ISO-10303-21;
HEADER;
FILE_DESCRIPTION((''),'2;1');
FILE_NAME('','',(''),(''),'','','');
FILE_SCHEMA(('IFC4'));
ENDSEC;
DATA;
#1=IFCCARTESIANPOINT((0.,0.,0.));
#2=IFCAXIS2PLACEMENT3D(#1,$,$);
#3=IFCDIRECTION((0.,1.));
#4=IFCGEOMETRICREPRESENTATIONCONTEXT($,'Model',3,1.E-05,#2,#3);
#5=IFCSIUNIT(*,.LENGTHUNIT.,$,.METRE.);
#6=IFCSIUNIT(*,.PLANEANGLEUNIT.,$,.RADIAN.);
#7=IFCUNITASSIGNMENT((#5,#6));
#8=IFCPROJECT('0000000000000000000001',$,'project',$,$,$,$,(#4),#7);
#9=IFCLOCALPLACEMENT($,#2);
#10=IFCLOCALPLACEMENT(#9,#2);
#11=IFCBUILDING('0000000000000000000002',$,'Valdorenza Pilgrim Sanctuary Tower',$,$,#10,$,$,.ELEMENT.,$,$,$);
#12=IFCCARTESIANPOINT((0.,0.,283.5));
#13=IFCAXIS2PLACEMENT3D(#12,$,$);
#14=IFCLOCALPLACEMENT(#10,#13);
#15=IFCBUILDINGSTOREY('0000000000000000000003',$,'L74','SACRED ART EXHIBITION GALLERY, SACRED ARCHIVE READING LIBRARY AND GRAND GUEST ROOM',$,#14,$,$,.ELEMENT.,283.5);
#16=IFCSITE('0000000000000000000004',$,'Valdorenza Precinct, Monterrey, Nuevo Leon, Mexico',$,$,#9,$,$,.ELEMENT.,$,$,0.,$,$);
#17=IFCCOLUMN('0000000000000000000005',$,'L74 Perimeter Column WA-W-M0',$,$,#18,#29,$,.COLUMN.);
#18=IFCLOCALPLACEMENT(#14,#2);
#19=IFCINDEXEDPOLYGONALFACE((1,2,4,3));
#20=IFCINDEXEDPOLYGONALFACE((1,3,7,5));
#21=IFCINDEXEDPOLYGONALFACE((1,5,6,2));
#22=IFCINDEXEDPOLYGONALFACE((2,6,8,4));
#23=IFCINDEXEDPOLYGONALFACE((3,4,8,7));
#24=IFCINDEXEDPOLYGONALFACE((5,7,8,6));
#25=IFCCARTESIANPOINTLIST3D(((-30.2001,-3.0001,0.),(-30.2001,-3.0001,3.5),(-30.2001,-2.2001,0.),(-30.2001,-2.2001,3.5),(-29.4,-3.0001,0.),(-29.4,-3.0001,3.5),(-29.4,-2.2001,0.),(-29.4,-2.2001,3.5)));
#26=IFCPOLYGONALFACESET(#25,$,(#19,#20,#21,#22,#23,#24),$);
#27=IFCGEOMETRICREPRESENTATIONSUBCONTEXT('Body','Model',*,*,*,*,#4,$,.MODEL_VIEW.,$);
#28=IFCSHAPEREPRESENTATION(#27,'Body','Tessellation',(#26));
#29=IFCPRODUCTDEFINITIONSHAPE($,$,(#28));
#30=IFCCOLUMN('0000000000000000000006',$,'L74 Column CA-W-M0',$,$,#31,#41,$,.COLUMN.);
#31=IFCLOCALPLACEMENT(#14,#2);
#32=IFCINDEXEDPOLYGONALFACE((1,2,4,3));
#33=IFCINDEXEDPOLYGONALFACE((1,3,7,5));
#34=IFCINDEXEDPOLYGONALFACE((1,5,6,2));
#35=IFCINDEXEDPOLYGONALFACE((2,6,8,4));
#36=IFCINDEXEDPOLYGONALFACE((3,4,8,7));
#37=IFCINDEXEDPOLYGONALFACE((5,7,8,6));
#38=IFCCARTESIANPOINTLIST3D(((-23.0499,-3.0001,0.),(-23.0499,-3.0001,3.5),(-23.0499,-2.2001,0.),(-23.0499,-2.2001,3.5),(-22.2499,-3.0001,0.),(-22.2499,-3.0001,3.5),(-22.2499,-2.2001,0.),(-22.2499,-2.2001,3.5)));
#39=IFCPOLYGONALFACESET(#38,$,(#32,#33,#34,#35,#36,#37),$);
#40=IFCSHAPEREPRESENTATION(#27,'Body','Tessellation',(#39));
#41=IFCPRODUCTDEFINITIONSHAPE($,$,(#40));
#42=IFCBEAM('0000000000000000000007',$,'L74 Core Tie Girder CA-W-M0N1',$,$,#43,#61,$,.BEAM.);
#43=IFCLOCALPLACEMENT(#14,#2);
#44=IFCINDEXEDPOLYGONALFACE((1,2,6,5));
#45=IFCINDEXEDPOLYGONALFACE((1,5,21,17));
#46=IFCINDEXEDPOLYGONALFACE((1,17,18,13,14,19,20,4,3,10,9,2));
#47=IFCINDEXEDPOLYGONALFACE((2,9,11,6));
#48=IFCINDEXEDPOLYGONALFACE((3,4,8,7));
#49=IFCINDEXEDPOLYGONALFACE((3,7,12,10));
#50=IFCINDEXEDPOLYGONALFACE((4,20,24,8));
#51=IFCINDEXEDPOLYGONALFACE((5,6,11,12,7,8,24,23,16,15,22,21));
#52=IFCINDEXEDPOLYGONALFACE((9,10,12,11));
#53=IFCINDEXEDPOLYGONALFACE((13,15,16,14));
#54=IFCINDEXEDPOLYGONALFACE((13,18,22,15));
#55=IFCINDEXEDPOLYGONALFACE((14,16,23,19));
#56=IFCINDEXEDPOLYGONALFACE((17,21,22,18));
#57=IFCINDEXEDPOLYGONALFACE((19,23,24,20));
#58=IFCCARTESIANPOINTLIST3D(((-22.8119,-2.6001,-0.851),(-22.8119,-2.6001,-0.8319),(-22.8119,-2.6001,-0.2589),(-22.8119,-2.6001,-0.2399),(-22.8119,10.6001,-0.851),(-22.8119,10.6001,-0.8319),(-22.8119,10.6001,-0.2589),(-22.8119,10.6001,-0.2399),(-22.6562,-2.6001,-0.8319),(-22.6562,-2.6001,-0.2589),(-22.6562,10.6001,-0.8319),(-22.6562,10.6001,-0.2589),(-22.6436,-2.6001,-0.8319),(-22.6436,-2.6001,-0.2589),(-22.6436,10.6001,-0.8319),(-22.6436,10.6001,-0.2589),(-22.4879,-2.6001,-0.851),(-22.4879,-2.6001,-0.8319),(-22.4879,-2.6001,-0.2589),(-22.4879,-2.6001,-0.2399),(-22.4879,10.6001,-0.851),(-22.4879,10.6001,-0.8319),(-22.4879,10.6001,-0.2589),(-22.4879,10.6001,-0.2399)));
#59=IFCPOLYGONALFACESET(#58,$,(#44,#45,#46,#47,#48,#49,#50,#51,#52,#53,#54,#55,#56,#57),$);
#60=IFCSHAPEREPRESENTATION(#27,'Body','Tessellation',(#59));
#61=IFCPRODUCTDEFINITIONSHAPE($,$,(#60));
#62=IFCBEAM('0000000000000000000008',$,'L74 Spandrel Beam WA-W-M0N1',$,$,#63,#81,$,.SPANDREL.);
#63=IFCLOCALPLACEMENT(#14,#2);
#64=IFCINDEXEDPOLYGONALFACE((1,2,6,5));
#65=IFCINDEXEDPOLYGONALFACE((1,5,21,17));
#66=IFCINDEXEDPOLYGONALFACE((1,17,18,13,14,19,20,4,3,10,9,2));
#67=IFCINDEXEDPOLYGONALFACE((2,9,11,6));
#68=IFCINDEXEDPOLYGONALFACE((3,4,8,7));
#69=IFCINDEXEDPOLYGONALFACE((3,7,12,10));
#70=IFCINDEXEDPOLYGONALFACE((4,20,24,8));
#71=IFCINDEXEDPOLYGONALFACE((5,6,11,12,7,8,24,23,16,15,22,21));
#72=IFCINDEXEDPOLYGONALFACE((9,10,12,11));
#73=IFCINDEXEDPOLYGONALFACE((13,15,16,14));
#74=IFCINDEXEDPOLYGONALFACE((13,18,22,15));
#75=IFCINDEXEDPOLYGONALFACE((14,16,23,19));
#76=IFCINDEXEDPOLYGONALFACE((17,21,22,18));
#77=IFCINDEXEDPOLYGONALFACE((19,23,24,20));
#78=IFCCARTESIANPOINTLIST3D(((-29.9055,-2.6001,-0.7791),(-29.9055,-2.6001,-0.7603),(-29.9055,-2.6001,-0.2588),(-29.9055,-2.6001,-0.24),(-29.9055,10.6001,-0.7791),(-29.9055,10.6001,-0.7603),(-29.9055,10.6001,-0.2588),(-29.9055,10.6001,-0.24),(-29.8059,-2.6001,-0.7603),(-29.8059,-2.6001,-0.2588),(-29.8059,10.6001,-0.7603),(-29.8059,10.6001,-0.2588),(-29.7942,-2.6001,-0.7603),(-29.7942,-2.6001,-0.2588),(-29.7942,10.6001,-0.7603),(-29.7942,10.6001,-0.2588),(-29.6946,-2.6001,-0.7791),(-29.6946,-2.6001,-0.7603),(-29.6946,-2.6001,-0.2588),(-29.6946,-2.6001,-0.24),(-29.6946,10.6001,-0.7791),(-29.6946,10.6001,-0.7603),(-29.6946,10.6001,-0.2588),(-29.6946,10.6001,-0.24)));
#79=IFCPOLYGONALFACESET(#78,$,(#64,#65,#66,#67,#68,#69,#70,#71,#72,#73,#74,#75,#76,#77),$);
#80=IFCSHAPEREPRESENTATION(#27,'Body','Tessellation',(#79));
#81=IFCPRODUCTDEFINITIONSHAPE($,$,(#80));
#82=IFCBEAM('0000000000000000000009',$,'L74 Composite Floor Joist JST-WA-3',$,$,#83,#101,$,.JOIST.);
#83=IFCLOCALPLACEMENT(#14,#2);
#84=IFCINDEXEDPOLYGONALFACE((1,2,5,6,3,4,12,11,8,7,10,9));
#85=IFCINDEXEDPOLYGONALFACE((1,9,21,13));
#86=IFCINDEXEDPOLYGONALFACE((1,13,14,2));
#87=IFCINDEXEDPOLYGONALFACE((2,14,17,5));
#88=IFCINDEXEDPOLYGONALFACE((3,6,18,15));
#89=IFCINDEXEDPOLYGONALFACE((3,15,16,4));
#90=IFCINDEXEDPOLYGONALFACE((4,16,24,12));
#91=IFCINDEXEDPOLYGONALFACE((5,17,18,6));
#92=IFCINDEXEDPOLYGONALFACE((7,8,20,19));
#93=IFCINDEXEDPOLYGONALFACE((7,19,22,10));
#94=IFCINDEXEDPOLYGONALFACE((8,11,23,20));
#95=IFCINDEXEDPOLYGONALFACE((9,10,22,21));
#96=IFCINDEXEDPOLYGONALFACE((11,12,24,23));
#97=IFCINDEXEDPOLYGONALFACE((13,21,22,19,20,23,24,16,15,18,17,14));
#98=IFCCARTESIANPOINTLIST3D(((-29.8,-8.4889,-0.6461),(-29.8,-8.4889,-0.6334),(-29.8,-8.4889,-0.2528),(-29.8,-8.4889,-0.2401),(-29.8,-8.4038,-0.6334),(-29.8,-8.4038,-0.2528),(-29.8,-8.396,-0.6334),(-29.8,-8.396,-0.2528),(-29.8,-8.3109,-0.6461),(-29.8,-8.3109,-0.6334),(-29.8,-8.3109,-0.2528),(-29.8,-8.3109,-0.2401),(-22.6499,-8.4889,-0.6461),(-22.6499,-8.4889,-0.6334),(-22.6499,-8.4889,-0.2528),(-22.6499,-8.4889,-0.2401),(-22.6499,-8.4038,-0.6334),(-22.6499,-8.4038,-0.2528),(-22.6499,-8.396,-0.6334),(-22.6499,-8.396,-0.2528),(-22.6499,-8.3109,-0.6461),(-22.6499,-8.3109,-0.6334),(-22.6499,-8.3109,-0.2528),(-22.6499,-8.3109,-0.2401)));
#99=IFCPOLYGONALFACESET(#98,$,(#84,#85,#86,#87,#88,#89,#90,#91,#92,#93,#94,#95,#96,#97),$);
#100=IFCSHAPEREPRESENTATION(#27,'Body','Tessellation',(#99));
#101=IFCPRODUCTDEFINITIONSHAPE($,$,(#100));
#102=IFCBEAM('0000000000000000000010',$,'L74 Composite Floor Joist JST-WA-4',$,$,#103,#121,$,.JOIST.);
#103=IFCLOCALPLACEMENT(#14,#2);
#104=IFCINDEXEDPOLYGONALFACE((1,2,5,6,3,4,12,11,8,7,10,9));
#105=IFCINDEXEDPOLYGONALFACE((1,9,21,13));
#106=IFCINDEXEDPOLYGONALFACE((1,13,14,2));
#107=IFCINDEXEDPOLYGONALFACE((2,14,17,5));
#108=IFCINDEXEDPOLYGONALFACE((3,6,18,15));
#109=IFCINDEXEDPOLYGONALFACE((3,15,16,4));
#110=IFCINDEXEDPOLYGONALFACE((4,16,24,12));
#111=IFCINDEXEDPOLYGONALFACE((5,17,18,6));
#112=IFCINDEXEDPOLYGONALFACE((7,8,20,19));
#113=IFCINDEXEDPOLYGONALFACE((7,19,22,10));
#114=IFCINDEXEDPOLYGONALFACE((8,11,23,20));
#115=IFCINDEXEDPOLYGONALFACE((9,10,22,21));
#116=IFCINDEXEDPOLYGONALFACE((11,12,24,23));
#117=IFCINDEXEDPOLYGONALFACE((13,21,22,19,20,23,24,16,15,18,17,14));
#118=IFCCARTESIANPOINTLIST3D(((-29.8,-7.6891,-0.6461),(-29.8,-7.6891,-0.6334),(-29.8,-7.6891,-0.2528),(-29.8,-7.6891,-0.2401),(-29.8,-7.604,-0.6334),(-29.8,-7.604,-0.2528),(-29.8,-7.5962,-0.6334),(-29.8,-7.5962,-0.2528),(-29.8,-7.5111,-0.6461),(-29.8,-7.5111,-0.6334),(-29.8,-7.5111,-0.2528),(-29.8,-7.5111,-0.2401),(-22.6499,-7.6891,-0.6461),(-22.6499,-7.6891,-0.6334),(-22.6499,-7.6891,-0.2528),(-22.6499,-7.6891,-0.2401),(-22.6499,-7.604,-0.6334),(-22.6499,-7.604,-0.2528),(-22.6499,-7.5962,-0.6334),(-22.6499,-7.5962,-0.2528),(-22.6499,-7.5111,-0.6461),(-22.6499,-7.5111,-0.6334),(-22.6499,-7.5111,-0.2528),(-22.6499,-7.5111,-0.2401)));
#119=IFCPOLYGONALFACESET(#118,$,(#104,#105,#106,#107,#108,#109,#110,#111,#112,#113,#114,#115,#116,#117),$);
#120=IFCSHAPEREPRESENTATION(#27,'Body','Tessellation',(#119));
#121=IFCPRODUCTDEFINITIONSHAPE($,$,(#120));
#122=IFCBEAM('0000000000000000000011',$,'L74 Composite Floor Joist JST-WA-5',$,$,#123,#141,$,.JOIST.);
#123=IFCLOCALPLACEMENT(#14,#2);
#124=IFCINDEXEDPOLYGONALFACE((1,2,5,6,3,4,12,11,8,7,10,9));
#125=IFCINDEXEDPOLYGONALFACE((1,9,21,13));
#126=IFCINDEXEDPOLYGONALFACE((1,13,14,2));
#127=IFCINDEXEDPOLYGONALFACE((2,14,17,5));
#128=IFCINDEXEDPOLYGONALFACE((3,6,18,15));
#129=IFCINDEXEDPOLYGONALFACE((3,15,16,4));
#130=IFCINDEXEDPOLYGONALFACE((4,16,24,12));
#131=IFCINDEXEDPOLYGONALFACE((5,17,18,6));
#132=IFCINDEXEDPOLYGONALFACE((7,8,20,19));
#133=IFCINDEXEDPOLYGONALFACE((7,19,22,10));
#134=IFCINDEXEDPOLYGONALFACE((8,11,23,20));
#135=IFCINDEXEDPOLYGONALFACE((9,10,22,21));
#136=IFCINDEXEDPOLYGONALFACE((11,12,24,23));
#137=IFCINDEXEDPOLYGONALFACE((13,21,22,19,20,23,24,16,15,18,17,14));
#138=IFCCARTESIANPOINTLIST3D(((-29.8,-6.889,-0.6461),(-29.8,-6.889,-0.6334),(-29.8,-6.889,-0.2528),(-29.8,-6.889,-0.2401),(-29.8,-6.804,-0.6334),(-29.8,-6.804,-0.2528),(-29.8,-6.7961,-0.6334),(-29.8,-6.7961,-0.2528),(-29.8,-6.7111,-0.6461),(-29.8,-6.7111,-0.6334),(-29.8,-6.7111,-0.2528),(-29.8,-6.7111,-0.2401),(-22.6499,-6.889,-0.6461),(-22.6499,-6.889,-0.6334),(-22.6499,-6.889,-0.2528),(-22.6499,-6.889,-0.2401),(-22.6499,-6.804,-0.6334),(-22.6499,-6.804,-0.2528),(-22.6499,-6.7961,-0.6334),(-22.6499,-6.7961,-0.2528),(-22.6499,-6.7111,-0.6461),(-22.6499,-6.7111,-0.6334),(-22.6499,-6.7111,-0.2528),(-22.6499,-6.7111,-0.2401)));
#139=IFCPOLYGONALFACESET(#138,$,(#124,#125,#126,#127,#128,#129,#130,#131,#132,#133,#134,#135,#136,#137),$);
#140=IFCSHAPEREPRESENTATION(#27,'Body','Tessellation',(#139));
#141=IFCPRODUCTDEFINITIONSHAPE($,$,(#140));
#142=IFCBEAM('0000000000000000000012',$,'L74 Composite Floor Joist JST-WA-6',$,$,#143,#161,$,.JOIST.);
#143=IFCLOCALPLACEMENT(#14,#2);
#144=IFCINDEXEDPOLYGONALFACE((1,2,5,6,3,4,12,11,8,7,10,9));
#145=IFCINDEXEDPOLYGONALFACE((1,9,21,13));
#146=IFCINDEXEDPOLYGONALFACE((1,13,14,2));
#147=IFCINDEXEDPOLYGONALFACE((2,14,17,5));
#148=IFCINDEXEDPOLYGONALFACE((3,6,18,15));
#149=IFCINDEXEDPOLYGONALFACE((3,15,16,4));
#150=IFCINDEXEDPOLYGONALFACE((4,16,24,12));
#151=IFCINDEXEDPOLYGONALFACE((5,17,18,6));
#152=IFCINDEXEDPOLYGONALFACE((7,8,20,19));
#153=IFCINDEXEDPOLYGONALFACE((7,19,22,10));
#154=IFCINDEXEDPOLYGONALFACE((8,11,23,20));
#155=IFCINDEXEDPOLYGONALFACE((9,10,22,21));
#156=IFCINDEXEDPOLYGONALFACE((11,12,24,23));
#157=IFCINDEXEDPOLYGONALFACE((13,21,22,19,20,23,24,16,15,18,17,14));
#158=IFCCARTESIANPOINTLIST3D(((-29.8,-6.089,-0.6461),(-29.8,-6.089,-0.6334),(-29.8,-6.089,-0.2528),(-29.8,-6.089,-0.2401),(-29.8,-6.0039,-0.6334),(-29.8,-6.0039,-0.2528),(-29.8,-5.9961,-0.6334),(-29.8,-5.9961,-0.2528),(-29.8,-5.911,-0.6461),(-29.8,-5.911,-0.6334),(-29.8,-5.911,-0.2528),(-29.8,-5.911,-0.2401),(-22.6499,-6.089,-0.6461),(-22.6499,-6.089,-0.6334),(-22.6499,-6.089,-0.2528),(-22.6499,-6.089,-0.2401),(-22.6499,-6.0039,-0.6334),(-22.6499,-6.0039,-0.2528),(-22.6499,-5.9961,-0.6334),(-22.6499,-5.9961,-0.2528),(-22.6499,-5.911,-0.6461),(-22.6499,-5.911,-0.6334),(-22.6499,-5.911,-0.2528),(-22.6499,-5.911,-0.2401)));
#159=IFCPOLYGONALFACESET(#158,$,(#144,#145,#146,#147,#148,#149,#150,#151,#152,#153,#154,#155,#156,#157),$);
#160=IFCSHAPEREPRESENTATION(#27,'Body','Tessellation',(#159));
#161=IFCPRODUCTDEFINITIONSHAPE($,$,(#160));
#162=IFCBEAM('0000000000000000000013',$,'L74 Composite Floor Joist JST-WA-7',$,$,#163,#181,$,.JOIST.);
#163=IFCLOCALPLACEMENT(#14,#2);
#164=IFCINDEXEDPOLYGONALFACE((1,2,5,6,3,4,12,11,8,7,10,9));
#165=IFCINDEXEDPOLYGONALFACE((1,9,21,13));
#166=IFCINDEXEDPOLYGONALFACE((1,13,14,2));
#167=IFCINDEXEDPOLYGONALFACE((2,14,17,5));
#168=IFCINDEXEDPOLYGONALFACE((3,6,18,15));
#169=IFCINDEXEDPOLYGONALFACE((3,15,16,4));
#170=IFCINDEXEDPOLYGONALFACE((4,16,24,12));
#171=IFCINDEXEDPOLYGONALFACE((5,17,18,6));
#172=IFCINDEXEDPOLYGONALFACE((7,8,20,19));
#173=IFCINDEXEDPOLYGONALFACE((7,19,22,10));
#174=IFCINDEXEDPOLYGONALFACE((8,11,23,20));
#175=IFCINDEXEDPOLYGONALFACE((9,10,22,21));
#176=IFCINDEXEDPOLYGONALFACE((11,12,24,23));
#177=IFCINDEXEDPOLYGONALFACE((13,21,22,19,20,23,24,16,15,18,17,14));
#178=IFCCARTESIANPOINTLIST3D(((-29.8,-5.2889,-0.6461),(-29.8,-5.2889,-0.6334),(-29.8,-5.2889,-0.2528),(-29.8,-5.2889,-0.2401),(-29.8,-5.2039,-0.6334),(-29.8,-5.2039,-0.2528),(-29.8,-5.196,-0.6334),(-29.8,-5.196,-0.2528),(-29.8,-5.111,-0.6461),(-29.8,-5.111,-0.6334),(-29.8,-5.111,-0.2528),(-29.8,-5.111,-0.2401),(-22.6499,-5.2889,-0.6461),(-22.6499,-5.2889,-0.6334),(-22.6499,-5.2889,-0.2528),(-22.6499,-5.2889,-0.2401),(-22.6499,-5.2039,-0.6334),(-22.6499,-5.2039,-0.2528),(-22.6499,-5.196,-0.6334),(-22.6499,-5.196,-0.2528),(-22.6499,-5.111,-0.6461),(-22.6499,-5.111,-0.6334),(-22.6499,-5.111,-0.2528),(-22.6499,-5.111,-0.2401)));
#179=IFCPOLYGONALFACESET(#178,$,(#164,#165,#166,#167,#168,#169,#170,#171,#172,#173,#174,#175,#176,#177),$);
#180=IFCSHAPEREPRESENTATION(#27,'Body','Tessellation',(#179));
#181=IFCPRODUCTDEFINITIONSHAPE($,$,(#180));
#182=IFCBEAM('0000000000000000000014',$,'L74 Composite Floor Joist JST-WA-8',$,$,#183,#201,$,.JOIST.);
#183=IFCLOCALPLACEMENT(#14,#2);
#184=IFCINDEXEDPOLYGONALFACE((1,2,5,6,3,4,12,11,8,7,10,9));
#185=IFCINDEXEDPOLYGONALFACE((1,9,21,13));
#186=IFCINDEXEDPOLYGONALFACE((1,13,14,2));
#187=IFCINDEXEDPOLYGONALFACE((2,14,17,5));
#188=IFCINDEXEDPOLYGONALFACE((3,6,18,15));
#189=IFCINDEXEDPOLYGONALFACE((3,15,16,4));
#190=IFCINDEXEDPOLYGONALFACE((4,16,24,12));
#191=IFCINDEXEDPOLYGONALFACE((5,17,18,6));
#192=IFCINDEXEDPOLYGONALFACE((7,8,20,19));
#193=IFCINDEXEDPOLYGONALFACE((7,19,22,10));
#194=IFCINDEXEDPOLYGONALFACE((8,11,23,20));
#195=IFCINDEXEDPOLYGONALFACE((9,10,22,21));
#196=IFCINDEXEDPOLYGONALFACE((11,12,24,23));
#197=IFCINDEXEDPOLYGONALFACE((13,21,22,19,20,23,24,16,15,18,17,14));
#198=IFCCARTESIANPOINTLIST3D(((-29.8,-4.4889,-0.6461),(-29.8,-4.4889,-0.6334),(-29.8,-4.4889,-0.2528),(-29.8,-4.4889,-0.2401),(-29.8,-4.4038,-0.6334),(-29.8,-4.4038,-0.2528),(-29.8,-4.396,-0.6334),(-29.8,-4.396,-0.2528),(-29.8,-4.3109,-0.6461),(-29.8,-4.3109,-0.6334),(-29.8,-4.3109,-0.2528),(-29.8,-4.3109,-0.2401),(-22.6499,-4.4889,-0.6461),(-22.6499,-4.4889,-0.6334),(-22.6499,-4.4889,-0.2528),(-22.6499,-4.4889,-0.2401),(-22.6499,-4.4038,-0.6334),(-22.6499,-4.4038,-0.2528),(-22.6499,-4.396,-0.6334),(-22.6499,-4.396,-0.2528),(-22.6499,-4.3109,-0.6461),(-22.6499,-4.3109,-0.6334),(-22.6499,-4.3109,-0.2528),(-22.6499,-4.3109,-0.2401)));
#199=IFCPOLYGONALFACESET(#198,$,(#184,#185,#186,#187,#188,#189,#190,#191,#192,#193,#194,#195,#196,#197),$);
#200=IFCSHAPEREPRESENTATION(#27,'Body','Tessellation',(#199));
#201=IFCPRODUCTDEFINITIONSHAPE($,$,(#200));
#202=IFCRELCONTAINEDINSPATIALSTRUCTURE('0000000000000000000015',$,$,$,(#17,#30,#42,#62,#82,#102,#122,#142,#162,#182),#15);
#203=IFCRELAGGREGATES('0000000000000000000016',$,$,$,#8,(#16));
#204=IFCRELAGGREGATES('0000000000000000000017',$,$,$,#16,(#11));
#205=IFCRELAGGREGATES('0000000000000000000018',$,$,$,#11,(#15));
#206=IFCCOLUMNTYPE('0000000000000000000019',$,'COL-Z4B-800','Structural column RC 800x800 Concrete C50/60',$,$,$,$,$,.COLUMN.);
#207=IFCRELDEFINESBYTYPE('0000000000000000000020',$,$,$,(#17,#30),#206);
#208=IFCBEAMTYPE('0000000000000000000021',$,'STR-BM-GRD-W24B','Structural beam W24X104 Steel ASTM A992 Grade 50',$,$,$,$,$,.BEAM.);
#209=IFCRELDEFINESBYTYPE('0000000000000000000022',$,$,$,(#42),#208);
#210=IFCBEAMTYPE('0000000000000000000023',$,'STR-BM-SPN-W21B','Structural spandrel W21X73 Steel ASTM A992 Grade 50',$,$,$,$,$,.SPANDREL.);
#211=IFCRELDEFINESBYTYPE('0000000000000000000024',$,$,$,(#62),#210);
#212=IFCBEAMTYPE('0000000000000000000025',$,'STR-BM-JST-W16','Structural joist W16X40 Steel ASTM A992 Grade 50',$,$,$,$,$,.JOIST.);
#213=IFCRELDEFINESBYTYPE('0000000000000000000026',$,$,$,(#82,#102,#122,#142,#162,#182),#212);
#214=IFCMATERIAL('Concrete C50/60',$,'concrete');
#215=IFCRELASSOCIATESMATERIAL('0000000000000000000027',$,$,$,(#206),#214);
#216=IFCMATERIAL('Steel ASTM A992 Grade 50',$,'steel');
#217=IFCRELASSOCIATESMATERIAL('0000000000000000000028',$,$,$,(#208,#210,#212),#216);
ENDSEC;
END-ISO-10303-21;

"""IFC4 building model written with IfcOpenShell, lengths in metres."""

from ifc_helpers import new_model, si_unit, direction, frame, origin, origin_2d, place, context, subcontext, project, spatial, rectangle, i_section, extrude, source, transform, mapped, material, material_profile, profile_set, type_object, element, save


model = new_model("IFC4")

# Units and contexts
model_context = context("Model", 3, precision=1e-05, world=origin(), true_north=direction((0.0, 1.0)))
body_context = subcontext(model_context, "Body", "Model", "MODEL_VIEW")
ifc_project = project(units=[si_unit("LENGTHUNIT", "METRE"), si_unit("PLANEANGLEUNIT", "RADIAN")], contexts=[model_context])

# Site, building, storey
site_placement = place(None, origin())
site = spatial("IfcSite", under=ifc_project, at=site_placement, Name="Valdorenza Precinct, Monterrey, Nuevo Leon, Mexico", CompositionType="ELEMENT", RefElevation=0.0)
building_placement = place(site_placement, origin())
building = spatial("IfcBuilding", under=site, at=building_placement, Name="Valdorenza Pilgrim Sanctuary Tower", CompositionType="ELEMENT")
storey_placement = place(building_placement, frame((0.0, 0.0, 283.5)))
storey = spatial("IfcBuildingStorey", under=building, at=storey_placement, Name="L74", Description="SACRED ART EXHIBITION GALLERY, SACRED ARCHIVE READING LIBRARY AND GRAND GUEST ROOM", CompositionType="ELEMENT", Elevation=283.5)

# Columns
ifc_material_1 = material(Name="Concrete C50/60", Category="concrete")
ifc_material_profile_1 = material_profile(ifc_material_1, rectangle(XDim=0.8, YDim=0.8, at=origin_2d()), Name="RC 800x800")
ifc_profile_set_1 = profile_set([ifc_material_profile_1], Name="Concrete C50/60")
column_type = type_object("IfcColumnType", Name="COL-Z4B-800", Description="Structural column RC 800x800 Concrete C50/60", PredefinedType="COLUMN", material=ifc_profile_set_1)
shared_shape_1 = source(origin(), body_context, "Body", "SweptSolid", [
    extrude(rectangle(XDim=0.8, YDim=0.8, at=origin_2d()), origin(), (0.0, 0.0, 1.0), 3.5),
])
for number, where, z_axis, x_axis, name in (
    (1, (-29.8, -2.6001, 0.0), (0.0, 0.0, 1.0), (1.0, 0.0, 0.0), "L74 Perimeter Column WA-W-M0"),
    (2, (-22.6499, -2.6001, 0.0), (0.0, 0.0, 1.0), (1.0, 0.0, 0.0), "L74 Column CA-W-M0"),
):
    element("IfcColumn", number, at=place(storey_placement, frame(where, z_axis=z_axis, x_axis=x_axis)), inside=storey, type_object=column_type, Name=name, PredefinedType="COLUMN", context=body_context, shape_type="MappedRepresentation", body=[
        mapped(shared_shape_1, transform((0.0, 0.0, 0.0), x_axis=(1.0, 0.0, 0.0), y_axis=(0.0, 1.0, 0.0), z_axis=(0.0, 0.0, 1.0), scale=1.0)),
    ])

# Beams
ifc_material_2 = material(Name="Steel ASTM A992 Grade 50", Category="steel")
ifc_material_profile_2 = material_profile(ifc_material_2, i_section(OverallWidth=0.324, OverallDepth=0.6111, WebThickness=0.0127, FlangeThickness=0.019, at=origin_2d()), Name="W24X104")
ifc_profile_set_2 = profile_set([ifc_material_profile_2], Name="Steel ASTM A992 Grade 50")
beam_type_1 = type_object("IfcBeamType", Name="STR-BM-GRD-W24B", Description="Structural beam W24X104 Steel ASTM A992 Grade 50", PredefinedType="BEAM", material=ifc_profile_set_2)
shared_shape_2 = source(origin(), body_context, "Body", "SweptSolid", [
    extrude(i_section(OverallWidth=0.324, OverallDepth=0.6111, WebThickness=0.0127, FlangeThickness=0.019, at=origin_2d()), origin(), (0.0, 0.0, 1.0), 13.2002),
])
beam_1_placement = place(storey_placement, frame((-22.6499, -2.6001, -0.5454), z_axis=(0.0, 1.0, 0.0), x_axis=(-1.0, 0.0, 0.0)))
element("IfcBeam", 3, at=beam_1_placement, inside=storey, type_object=beam_type_1, Name="L74 Core Tie Girder CA-W-M0N1", PredefinedType="BEAM", context=body_context, shape_type="MappedRepresentation", body=[
    mapped(shared_shape_2, transform((0.0, 0.0, 0.0), x_axis=(1.0, 0.0, 0.0), y_axis=(0.0, 1.0, 0.0), z_axis=(0.0, 0.0, 1.0), scale=1.0)),
])
ifc_material_profile_3 = material_profile(ifc_material_2, i_section(OverallWidth=0.2109, OverallDepth=0.5391, WebThickness=0.0117, FlangeThickness=0.0188, at=origin_2d()), Name="W21X73")
ifc_profile_set_3 = profile_set([ifc_material_profile_3], Name="Steel ASTM A992 Grade 50")
beam_type_2 = type_object("IfcBeamType", Name="STR-BM-SPN-W21B", Description="Structural spandrel W21X73 Steel ASTM A992 Grade 50", PredefinedType="SPANDREL", material=ifc_profile_set_3)
shared_shape_3 = source(origin(), body_context, "Body", "SweptSolid", [
    extrude(i_section(OverallWidth=0.2109, OverallDepth=0.5391, WebThickness=0.0117, FlangeThickness=0.0188, at=origin_2d()), origin(), (0.0, 0.0, 1.0), 13.2002),
])
beam_2_placement = place(storey_placement, frame((-29.8, -2.6001, -0.5095), z_axis=(0.0, 1.0, 0.0), x_axis=(-1.0, 0.0, 0.0)))
element("IfcBeam", 4, at=beam_2_placement, inside=storey, type_object=beam_type_2, Name="L74 Spandrel Beam WA-W-M0N1", PredefinedType="SPANDREL", context=body_context, shape_type="MappedRepresentation", body=[
    mapped(shared_shape_3, transform((0.0, 0.0, 0.0), x_axis=(1.0, 0.0, 0.0), y_axis=(0.0, 1.0, 0.0), z_axis=(0.0, 0.0, 1.0), scale=1.0)),
])
ifc_material_profile_4 = material_profile(ifc_material_2, i_section(OverallWidth=0.178, OverallDepth=0.406, WebThickness=0.0078, FlangeThickness=0.0127, at=origin_2d()), Name="W16X40")
ifc_profile_set_4 = profile_set([ifc_material_profile_4], Name="Steel ASTM A992 Grade 50")
beam_type_3 = type_object("IfcBeamType", Name="STR-BM-JST-W16", Description="Structural joist W16X40 Steel ASTM A992 Grade 50", PredefinedType="JOIST", material=ifc_profile_set_4)
shared_shape_4 = source(origin(), body_context, "Body", "SweptSolid", [
    extrude(i_section(OverallWidth=0.178, OverallDepth=0.406, WebThickness=0.0078, FlangeThickness=0.0127, at=origin_2d()), origin(), (0.0, 0.0, 1.0), 7.1501),
])
for number, where, z_axis, x_axis, name in (
    (5, (-29.8, -8.3999, -0.4431), (1.0, 0.0, 0.0), (0.0, 1.0, 0.0), "L74 Composite Floor Joist JST-WA-3"),
    (6, (-29.8, -7.6001, -0.4431), (1.0, 0.0, 0.0), (0.0, 1.0, 0.0), "L74 Composite Floor Joist JST-WA-4"),
    (7, (-29.8, -6.8, -0.4431), (1.0, 0.0, 0.0), (0.0, 1.0, 0.0), "L74 Composite Floor Joist JST-WA-5"),
    (8, (-29.8, -6.0, -0.4431), (1.0, 0.0, 0.0), (0.0, 1.0, 0.0), "L74 Composite Floor Joist JST-WA-6"),
    (9, (-29.8, -5.2, -0.4431), (1.0, 0.0, 0.0), (0.0, 1.0, 0.0), "L74 Composite Floor Joist JST-WA-7"),
    (10, (-29.8, -4.3999, -0.4431), (1.0, 0.0, 0.0), (0.0, 1.0, 0.0), "L74 Composite Floor Joist JST-WA-8"),
):
    element("IfcBeam", number, at=place(storey_placement, frame(where, z_axis=z_axis, x_axis=x_axis)), inside=storey, type_object=beam_type_3, Name=name, PredefinedType="JOIST", context=body_context, shape_type="MappedRepresentation", body=[
        mapped(shared_shape_4, transform((0.0, 0.0, 0.0), x_axis=(1.0, 0.0, 0.0), y_axis=(0.0, 1.0, 0.0), z_axis=(0.0, 0.0, 1.0), scale=1.0)),
    ])

save(model, "model.ifc")
